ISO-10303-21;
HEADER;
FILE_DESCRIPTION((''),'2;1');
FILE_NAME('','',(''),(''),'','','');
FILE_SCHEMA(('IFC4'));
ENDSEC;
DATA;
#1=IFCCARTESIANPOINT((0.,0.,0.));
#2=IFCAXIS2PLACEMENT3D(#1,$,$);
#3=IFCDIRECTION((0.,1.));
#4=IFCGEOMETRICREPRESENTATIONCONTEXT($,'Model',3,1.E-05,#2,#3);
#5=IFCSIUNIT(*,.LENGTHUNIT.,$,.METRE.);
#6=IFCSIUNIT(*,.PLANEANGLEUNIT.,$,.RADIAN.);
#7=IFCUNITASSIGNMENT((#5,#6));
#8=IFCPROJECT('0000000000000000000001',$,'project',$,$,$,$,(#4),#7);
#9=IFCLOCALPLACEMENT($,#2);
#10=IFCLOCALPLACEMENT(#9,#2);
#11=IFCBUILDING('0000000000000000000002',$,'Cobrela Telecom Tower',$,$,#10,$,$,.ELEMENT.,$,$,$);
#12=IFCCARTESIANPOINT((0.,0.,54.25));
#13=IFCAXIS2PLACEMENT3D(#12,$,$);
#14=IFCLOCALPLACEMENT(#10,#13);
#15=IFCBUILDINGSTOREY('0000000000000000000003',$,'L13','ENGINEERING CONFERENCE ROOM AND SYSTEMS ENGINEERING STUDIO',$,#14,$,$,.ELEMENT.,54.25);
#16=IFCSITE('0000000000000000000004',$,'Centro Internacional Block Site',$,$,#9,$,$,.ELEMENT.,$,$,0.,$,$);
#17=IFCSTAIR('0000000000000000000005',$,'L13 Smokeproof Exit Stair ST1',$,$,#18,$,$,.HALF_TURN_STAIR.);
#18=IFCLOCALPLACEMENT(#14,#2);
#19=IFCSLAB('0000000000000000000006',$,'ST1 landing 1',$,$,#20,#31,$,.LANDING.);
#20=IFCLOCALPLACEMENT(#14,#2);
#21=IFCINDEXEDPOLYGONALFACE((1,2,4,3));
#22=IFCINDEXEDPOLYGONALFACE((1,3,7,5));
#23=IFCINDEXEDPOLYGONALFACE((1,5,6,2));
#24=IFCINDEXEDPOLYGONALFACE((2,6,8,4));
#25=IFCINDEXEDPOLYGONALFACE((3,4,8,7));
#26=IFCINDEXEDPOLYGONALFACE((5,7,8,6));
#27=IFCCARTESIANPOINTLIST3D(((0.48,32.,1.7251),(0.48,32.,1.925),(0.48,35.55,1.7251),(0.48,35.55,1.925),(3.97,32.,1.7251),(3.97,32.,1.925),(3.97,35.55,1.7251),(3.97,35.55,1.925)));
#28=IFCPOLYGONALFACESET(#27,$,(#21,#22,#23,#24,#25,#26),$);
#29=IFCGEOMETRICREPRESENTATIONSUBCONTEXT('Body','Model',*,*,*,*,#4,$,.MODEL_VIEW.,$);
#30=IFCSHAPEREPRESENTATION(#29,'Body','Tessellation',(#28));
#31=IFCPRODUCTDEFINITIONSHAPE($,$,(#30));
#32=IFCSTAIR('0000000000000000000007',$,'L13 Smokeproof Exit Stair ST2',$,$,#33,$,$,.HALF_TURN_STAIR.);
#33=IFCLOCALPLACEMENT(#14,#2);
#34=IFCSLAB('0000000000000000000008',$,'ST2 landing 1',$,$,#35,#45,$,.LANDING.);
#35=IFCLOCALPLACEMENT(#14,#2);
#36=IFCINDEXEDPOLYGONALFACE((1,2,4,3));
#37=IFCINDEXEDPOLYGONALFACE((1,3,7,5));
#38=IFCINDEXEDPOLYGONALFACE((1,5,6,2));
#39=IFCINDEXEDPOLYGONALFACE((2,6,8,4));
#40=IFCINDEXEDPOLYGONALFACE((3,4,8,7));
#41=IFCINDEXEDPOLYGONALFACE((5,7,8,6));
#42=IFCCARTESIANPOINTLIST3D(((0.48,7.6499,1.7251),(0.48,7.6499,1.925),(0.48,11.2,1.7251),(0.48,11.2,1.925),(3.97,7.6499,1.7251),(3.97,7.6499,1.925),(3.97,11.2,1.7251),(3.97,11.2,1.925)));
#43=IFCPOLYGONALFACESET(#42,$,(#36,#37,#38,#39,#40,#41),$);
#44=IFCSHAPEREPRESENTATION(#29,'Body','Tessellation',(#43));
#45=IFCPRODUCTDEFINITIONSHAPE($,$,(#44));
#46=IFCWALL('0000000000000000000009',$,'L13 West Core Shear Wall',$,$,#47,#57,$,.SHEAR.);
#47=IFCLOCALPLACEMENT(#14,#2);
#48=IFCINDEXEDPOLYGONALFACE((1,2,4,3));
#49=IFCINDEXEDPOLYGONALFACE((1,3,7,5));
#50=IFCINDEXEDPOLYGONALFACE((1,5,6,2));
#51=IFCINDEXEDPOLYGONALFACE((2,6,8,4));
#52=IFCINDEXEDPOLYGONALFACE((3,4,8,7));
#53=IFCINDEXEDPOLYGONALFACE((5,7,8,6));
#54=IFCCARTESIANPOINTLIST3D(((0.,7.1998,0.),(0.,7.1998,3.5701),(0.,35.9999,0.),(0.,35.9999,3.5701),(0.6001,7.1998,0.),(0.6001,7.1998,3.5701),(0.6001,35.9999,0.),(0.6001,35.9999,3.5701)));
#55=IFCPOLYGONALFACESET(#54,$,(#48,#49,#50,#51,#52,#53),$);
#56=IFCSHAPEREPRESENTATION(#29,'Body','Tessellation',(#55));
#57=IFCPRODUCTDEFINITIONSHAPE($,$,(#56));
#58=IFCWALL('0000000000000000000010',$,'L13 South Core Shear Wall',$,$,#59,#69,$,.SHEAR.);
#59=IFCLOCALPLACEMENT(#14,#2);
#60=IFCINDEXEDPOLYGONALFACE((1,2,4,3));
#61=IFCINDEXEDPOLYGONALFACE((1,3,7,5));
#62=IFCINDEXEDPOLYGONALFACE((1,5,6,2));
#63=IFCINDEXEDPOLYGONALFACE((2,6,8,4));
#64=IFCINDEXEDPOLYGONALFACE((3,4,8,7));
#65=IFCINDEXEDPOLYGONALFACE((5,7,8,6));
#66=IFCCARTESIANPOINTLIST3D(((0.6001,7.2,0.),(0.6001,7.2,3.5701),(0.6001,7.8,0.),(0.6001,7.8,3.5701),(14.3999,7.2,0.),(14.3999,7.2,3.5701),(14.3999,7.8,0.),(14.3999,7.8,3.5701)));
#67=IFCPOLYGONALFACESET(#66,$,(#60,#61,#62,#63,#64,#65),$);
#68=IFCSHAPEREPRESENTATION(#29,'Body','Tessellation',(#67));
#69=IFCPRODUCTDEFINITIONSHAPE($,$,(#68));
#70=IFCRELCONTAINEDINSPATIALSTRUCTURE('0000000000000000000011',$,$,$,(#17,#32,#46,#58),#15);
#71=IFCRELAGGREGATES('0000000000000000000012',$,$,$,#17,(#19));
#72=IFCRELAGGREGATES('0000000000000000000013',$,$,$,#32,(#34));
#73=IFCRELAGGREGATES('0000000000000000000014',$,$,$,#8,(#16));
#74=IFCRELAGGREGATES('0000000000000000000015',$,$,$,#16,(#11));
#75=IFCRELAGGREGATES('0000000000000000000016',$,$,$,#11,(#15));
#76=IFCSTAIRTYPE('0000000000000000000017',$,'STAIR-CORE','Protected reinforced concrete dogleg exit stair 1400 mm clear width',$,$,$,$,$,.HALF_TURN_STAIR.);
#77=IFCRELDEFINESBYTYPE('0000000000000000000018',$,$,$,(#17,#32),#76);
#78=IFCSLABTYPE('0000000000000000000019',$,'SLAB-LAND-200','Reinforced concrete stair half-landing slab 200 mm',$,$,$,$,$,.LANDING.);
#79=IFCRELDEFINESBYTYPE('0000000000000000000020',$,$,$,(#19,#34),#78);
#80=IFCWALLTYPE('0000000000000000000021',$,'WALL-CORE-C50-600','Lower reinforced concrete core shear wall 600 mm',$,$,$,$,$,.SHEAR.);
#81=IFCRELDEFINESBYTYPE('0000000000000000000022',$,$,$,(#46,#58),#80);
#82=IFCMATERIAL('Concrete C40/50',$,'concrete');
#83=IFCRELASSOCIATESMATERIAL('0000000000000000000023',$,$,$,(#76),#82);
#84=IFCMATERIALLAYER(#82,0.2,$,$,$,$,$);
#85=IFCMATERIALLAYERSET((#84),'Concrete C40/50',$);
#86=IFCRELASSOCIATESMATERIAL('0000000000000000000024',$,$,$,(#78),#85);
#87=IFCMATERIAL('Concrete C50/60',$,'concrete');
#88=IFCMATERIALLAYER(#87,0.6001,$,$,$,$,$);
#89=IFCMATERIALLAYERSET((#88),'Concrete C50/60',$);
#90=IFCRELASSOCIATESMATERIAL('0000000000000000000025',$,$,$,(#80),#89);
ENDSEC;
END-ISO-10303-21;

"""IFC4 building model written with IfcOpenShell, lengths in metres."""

from ifc_helpers import new_model, si_unit, direction, frame, frame_2d, origin, place, context, subcontext, project, spatial, polyline, rectangle, outline, extrude, material, layer, layer_set, type_object, element, aggregate, save


model = new_model("IFC4")

# Units and contexts
model_context = context("Model", 3, precision=1e-05, world=origin(), true_north=direction((0.0, 1.0)))
body_context = subcontext(model_context, "Body", "Model", "MODEL_VIEW")
ifc_project = project(units=[si_unit("LENGTHUNIT", "METRE"), si_unit("PLANEANGLEUNIT", "RADIAN")], contexts=[model_context])

# Site, building, storey
site_placement = place(None, origin())
site = spatial("IfcSite", under=ifc_project, at=site_placement, Name="Centro Internacional Block Site", CompositionType="ELEMENT", RefElevation=0.0)
building_placement = place(site_placement, origin())
building = spatial("IfcBuilding", under=site, at=building_placement, Name="Cobrela Telecom Tower", CompositionType="ELEMENT")
storey_placement = place(building_placement, frame((0.0, 0.0, 54.25)))
storey = spatial("IfcBuildingStorey", under=building, at=storey_placement, Name="L13", Description="ENGINEERING CONFERENCE ROOM AND SYSTEMS ENGINEERING STUDIO", CompositionType="ELEMENT", Elevation=54.25)

# Shared definitions
ifc_material_1 = material(Name="Concrete C40/50", Category="concrete")

# Stairs, slabs
stair_type = type_object("IfcStairType", Name="STAIR-CORE", Description="Protected reinforced concrete dogleg exit stair 1400 mm clear width", PredefinedType="HALF_TURN_STAIR", material=ifc_material_1)
stair_1_placement = place(storey_placement, origin())
stair_1 = element("IfcStair", 1, at=stair_1_placement, inside=storey, type_object=stair_type, Name="L13 Smokeproof Exit Stair ST1", PredefinedType="HALF_TURN_STAIR")
ifc_layer_1 = layer(ifc_material_1, 0.2)
ifc_layer_set_1 = layer_set([ifc_layer_1], Name="Concrete C40/50")
slab_type_1 = type_object("IfcSlabType", Name="SLAB-LAND-200", Description="Reinforced concrete stair half-landing slab 200 mm", PredefinedType="LANDING", material=ifc_layer_set_1)
slab_1_placement = place(storey_placement, frame((0.0, 0.0, 1.7251)))
slab_1 = element("IfcSlab", 2, at=slab_1_placement, type_object=slab_type_1, Name="ST1 landing 1", PredefinedType="LANDING", context=body_context, shape_type="SweptSolid", body=[
    extrude(outline(polyline([(3.97, 35.55), (0.48, 35.55), (0.48, 32.0), (3.97, 32.0), (3.97, 35.55)])), origin(), (0.0, 0.0, 1.0), 0.2),
])
aggregate(stair_1, [slab_1])
stair_2_placement = place(storey_placement, origin())
stair_2 = element("IfcStair", 3, at=stair_2_placement, inside=storey, type_object=stair_type, Name="L13 Smokeproof Exit Stair ST2", PredefinedType="HALF_TURN_STAIR")
slab_2_placement = place(storey_placement, frame((0.0, 0.0, 1.7251)))
slab_2 = element("IfcSlab", 4, at=slab_2_placement, type_object=slab_type_1, Name="ST2 landing 1", PredefinedType="LANDING", context=body_context, shape_type="SweptSolid", body=[
    extrude(outline(polyline([(3.97, 11.2), (0.48, 11.2), (0.48, 7.6499), (3.97, 7.6499), (3.97, 11.2)])), origin(), (0.0, 0.0, 1.0), 0.2),
])
aggregate(stair_2, [slab_2])

# Walls
ifc_material_2 = material(Name="Concrete C50/60", Category="concrete")
ifc_layer_2 = layer(ifc_material_2, 0.6001)
ifc_layer_set_2 = layer_set([ifc_layer_2], Name="Concrete C50/60")
wall_type = type_object("IfcWallType", Name="WALL-CORE-C50-600", Description="Lower reinforced concrete core shear wall 600 mm", PredefinedType="SHEAR", material=ifc_layer_set_2)
wall_1_placement = place(storey_placement, frame((0.3, 7.2, 0.0), z_axis=(0.0, 0.0, 1.0), x_axis=(0.0, 1.0, 0.0)))
element("IfcWall", 5, at=wall_1_placement, inside=storey, type_object=wall_type, Name="L13 West Core Shear Wall", PredefinedType="SHEAR", context=body_context, shape_type="SweptSolid", body=[
    extrude(rectangle(XDim=28.8, YDim=0.6001, at=frame_2d((14.3999, 0.0))), origin(), (0.0, 0.0, 1.0), 3.5701),
])
wall_2_placement = place(storey_placement, frame((0.6001, 7.5, 0.0), z_axis=(0.0, 0.0, 1.0), x_axis=(1.0, 0.0, 0.0)))
element("IfcWall", 6, at=wall_2_placement, inside=storey, type_object=wall_type, Name="L13 South Core Shear Wall", PredefinedType="SHEAR", context=body_context, shape_type="SweptSolid", body=[
    extrude(rectangle(XDim=13.7998, YDim=0.6001, at=frame_2d((6.8999, 0.0))), origin(), (0.0, 0.0, 1.0), 3.5701),
])

save(model, "model.ifc")
